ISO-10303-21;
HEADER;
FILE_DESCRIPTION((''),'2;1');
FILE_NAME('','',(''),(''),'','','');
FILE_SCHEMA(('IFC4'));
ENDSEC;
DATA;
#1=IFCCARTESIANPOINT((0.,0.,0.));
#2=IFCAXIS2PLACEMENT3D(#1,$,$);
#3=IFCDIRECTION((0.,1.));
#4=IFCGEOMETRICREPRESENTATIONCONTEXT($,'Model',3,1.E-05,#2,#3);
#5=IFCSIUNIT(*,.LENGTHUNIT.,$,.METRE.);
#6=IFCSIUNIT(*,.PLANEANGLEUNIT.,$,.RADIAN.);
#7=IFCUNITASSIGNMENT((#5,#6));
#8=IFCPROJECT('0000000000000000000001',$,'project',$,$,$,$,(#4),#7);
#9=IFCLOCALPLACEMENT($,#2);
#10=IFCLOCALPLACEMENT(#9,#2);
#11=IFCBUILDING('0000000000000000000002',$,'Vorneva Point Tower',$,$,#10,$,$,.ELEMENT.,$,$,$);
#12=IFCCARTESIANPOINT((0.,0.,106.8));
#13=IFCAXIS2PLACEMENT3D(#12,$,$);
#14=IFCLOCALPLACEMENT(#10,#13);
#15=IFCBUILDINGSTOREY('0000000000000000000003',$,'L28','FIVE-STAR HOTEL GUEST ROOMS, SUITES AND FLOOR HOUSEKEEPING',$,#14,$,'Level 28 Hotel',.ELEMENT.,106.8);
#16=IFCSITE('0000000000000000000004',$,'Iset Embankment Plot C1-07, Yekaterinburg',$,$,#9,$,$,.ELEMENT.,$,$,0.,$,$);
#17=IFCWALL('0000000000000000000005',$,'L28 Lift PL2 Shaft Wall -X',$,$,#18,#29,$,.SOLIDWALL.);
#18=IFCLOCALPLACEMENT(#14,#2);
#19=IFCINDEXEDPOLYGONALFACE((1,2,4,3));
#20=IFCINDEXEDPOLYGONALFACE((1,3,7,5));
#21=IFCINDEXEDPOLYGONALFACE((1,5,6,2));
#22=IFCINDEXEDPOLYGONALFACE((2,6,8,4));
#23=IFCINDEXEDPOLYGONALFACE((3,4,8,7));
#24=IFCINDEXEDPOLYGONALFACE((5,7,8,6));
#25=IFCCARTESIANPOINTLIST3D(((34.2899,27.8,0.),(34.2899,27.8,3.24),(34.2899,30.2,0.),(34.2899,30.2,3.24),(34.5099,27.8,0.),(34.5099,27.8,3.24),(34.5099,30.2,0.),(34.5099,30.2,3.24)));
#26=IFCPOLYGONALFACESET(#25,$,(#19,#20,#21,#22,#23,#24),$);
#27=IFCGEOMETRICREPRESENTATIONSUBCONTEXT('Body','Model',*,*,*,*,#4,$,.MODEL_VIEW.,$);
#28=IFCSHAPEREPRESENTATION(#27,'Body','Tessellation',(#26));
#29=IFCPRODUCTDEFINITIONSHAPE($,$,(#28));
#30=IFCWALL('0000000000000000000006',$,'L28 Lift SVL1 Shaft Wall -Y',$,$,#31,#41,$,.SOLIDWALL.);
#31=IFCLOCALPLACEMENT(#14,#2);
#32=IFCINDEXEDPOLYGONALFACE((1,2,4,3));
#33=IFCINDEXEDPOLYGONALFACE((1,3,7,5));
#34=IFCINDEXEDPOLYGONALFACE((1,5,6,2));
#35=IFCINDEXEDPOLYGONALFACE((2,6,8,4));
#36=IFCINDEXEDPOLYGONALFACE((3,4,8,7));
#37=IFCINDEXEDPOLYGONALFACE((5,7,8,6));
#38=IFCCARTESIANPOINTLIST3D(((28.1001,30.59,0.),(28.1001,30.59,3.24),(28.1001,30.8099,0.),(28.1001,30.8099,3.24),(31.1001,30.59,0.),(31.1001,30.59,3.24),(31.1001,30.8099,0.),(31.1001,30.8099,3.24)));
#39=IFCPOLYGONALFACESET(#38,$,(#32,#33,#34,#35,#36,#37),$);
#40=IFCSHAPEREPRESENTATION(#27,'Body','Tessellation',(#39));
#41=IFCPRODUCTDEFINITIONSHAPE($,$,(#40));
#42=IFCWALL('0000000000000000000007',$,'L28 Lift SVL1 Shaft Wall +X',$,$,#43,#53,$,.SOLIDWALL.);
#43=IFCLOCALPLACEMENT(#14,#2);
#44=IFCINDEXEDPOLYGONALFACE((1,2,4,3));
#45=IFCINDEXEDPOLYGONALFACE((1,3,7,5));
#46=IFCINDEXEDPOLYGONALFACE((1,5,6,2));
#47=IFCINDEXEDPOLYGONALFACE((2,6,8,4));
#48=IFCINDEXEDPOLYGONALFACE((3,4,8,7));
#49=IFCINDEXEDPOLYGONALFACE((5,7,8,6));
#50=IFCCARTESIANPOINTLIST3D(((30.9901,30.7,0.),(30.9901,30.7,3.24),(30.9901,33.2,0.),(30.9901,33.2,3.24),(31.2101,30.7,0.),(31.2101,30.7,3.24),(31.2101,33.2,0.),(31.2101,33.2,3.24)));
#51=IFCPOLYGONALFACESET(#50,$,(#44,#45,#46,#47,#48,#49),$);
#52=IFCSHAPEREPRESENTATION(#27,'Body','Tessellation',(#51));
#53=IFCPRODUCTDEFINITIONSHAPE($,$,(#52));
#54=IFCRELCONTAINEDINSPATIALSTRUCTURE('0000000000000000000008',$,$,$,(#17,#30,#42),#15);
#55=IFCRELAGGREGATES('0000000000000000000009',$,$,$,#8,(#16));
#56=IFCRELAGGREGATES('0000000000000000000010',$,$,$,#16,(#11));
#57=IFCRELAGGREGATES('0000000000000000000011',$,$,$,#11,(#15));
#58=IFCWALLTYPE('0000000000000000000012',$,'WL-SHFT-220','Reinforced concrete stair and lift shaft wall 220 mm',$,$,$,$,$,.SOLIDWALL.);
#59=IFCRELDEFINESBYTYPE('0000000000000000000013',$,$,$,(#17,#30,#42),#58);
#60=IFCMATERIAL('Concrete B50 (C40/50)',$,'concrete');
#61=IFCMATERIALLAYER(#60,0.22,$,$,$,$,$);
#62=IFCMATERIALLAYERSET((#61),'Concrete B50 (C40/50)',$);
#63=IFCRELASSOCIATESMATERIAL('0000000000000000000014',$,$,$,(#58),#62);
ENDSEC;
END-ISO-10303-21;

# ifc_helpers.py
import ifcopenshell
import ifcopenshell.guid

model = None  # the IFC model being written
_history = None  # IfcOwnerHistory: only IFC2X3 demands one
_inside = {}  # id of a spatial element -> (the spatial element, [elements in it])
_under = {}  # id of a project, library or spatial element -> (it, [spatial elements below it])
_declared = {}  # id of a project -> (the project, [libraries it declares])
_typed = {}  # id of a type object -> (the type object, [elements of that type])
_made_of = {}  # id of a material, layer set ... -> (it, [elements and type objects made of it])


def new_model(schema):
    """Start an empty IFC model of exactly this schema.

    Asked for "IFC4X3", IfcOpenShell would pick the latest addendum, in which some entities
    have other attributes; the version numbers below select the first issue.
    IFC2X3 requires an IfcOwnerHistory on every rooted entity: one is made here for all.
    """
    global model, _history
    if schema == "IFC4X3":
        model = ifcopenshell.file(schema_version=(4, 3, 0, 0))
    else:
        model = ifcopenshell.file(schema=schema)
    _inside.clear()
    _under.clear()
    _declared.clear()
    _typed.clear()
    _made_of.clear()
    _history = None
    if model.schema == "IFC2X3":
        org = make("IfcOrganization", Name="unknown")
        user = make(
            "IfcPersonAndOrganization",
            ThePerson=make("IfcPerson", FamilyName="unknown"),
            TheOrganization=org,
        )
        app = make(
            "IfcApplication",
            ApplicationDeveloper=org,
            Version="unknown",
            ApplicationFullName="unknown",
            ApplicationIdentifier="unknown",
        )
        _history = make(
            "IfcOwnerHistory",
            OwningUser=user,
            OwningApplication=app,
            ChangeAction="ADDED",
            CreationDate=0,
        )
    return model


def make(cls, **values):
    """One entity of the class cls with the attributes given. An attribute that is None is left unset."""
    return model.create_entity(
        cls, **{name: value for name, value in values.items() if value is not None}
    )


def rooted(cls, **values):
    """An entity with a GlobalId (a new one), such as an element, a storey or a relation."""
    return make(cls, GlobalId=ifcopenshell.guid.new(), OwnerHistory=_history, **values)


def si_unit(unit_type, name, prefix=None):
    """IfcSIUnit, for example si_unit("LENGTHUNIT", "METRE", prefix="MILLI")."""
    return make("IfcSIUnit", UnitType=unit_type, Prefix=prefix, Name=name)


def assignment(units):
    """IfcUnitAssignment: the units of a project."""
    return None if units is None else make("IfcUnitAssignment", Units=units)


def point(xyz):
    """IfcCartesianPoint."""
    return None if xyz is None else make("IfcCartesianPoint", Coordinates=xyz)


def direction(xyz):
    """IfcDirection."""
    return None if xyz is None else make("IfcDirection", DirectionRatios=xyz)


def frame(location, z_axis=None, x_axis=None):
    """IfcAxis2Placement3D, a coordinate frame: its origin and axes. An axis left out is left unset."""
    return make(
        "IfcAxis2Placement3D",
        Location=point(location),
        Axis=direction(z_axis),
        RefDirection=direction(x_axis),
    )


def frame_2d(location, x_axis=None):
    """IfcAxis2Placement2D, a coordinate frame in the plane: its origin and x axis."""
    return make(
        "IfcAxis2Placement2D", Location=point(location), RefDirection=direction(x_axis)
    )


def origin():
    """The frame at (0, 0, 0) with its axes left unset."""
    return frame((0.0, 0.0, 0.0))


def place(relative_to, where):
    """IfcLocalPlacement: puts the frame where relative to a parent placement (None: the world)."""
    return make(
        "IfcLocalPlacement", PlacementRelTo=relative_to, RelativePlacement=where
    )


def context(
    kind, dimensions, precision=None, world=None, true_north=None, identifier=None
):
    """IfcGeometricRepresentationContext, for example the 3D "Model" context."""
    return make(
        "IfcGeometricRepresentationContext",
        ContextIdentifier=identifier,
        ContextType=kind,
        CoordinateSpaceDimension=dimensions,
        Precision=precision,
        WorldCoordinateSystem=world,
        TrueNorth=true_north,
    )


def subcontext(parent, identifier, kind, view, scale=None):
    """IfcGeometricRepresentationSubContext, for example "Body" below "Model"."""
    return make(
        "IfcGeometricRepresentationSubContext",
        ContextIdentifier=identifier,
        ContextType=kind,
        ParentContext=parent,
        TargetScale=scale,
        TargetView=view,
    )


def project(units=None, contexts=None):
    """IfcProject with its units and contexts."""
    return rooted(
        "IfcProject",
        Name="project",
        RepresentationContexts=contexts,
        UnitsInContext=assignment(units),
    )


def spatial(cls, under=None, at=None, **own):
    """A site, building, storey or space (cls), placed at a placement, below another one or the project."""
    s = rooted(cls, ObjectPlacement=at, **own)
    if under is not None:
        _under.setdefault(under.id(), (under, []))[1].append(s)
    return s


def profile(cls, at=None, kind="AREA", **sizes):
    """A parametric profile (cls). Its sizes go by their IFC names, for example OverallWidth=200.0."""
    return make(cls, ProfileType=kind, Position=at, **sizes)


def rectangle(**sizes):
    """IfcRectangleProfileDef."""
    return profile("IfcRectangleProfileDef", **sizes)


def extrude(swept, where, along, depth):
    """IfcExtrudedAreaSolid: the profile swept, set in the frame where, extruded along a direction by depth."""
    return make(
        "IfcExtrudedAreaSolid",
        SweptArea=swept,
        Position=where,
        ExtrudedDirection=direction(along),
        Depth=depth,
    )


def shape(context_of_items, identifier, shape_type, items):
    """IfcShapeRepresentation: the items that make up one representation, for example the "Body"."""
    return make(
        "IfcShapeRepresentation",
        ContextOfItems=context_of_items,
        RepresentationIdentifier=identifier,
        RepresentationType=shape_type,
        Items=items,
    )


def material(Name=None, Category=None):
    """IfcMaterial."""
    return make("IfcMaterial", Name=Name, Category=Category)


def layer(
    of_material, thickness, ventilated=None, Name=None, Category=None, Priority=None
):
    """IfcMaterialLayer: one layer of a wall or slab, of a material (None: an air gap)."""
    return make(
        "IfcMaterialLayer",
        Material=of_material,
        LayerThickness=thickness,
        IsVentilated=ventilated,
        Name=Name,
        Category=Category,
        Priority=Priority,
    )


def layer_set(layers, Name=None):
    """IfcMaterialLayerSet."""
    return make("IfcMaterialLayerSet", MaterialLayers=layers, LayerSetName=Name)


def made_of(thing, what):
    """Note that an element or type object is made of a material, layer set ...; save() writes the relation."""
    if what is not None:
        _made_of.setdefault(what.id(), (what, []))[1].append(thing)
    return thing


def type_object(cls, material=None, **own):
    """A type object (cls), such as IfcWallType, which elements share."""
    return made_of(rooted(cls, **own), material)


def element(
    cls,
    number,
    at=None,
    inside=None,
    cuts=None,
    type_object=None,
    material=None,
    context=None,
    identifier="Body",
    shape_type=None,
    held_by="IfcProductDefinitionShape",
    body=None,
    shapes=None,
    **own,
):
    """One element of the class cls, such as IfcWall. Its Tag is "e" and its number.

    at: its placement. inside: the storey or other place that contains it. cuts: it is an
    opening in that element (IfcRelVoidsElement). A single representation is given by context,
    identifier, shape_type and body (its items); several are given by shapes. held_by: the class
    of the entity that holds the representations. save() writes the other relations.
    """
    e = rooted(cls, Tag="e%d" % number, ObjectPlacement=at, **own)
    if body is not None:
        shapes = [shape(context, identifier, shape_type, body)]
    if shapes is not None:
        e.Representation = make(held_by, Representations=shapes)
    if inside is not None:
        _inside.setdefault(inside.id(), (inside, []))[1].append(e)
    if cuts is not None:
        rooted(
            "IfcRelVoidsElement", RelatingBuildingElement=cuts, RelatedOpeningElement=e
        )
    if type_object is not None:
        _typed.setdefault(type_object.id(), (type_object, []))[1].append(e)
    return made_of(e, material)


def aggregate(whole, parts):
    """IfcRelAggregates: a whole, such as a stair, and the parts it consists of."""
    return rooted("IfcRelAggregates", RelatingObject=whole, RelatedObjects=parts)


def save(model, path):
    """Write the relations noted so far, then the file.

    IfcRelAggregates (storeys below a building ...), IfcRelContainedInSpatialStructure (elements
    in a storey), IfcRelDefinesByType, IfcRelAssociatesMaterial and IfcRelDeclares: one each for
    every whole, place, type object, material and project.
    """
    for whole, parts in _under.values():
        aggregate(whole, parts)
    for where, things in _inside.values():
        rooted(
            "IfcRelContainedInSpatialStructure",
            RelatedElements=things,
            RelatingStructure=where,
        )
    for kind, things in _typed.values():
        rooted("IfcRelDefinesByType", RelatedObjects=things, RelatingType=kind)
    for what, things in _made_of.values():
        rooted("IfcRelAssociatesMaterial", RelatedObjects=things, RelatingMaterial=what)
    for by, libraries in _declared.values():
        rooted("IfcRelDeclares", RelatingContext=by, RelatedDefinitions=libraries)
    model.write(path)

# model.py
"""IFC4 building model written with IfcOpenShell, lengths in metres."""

from ifc_helpers import new_model, si_unit, direction, frame, frame_2d, origin, place, context, subcontext, project, spatial, rectangle, extrude, material, layer, layer_set, type_object, element, save


model = new_model("IFC4")

# Units and contexts
model_context = context("Model", 3, precision=1e-05, world=origin(), true_north=direction((0.0, 1.0)))
body_context = subcontext(model_context, "Body", "Model", "MODEL_VIEW")
ifc_project = project(units=[si_unit("LENGTHUNIT", "METRE"), si_unit("PLANEANGLEUNIT", "RADIAN")], contexts=[model_context])

# Site, building, storey
site_placement = place(None, origin())
site = spatial("IfcSite", under=ifc_project, at=site_placement, Name="Iset Embankment Plot C1-07, Yekaterinburg", CompositionType="ELEMENT", RefElevation=0.0)
building_placement = place(site_placement, origin())
building = spatial("IfcBuilding", under=site, at=building_placement, Name="Vorneva Point Tower", CompositionType="ELEMENT")
storey_placement = place(building_placement, frame((0.0, 0.0, 106.8)))
storey = spatial("IfcBuildingStorey", under=building, at=storey_placement, Name="L28", Description="FIVE-STAR HOTEL GUEST ROOMS, SUITES AND FLOOR HOUSEKEEPING", LongName="Level 28 Hotel", CompositionType="ELEMENT", Elevation=106.8)

# Shared definitions
ifc_material_1 = material(Name="Concrete B50 (C40/50)", Category="concrete")
ifc_layer_1 = layer(ifc_material_1, 0.22)
ifc_layer_set_1 = layer_set([ifc_layer_1], Name="Concrete B50 (C40/50)")
wall_type_1 = type_object("IfcWallType", Name="WL-SHFT-220", Description="Reinforced concrete stair and lift shaft wall 220 mm", PredefinedType="SOLIDWALL", material=ifc_layer_set_1)

# Walls
wall_1_placement = place(storey_placement, frame((34.3999, 30.2, 0.0), z_axis=(0.0, 0.0, 1.0), x_axis=(0.0, -1.0, 0.0)))
element("IfcWall", 1, at=wall_1_placement, inside=storey, type_object=wall_type_1, Name="L28 Lift PL2 Shaft Wall -X", PredefinedType="SOLIDWALL", context=body_context, shape_type="SweptSolid", body=[
    extrude(rectangle(XDim=2.3999, YDim=0.22, at=frame_2d((1.2, 0.0))), origin(), (0.0, 0.0, 1.0), 3.24),
])
wall_2_placement = place(storey_placement, frame((28.1001, 30.7, 0.0), z_axis=(0.0, 0.0, 1.0), x_axis=(1.0, 0.0, 0.0)))
element("IfcWall", 2, at=wall_2_placement, inside=storey, type_object=wall_type_1, Name="L28 Lift SVL1 Shaft Wall -Y", PredefinedType="SOLIDWALL", context=body_context, shape_type="SweptSolid", body=[
    extrude(rectangle(XDim=3.0, YDim=0.22, at=frame_2d((1.5, 0.0))), origin(), (0.0, 0.0, 1.0), 3.24),
])
wall_3_placement = place(storey_placement, frame((31.1001, 30.7, 0.0), z_axis=(0.0, 0.0, 1.0), x_axis=(0.0, 1.0, 0.0)))
element("IfcWall", 3, at=wall_3_placement, inside=storey, type_object=wall_type_1, Name="L28 Lift SVL1 Shaft Wall +X", PredefinedType="SOLIDWALL", context=body_context, shape_type="SweptSolid", body=[
    extrude(rectangle(XDim=2.5, YDim=0.22, at=frame_2d((1.25, 0.0))), origin(), (0.0, 0.0, 1.0), 3.24),
])

save(model, "model.ifc")
